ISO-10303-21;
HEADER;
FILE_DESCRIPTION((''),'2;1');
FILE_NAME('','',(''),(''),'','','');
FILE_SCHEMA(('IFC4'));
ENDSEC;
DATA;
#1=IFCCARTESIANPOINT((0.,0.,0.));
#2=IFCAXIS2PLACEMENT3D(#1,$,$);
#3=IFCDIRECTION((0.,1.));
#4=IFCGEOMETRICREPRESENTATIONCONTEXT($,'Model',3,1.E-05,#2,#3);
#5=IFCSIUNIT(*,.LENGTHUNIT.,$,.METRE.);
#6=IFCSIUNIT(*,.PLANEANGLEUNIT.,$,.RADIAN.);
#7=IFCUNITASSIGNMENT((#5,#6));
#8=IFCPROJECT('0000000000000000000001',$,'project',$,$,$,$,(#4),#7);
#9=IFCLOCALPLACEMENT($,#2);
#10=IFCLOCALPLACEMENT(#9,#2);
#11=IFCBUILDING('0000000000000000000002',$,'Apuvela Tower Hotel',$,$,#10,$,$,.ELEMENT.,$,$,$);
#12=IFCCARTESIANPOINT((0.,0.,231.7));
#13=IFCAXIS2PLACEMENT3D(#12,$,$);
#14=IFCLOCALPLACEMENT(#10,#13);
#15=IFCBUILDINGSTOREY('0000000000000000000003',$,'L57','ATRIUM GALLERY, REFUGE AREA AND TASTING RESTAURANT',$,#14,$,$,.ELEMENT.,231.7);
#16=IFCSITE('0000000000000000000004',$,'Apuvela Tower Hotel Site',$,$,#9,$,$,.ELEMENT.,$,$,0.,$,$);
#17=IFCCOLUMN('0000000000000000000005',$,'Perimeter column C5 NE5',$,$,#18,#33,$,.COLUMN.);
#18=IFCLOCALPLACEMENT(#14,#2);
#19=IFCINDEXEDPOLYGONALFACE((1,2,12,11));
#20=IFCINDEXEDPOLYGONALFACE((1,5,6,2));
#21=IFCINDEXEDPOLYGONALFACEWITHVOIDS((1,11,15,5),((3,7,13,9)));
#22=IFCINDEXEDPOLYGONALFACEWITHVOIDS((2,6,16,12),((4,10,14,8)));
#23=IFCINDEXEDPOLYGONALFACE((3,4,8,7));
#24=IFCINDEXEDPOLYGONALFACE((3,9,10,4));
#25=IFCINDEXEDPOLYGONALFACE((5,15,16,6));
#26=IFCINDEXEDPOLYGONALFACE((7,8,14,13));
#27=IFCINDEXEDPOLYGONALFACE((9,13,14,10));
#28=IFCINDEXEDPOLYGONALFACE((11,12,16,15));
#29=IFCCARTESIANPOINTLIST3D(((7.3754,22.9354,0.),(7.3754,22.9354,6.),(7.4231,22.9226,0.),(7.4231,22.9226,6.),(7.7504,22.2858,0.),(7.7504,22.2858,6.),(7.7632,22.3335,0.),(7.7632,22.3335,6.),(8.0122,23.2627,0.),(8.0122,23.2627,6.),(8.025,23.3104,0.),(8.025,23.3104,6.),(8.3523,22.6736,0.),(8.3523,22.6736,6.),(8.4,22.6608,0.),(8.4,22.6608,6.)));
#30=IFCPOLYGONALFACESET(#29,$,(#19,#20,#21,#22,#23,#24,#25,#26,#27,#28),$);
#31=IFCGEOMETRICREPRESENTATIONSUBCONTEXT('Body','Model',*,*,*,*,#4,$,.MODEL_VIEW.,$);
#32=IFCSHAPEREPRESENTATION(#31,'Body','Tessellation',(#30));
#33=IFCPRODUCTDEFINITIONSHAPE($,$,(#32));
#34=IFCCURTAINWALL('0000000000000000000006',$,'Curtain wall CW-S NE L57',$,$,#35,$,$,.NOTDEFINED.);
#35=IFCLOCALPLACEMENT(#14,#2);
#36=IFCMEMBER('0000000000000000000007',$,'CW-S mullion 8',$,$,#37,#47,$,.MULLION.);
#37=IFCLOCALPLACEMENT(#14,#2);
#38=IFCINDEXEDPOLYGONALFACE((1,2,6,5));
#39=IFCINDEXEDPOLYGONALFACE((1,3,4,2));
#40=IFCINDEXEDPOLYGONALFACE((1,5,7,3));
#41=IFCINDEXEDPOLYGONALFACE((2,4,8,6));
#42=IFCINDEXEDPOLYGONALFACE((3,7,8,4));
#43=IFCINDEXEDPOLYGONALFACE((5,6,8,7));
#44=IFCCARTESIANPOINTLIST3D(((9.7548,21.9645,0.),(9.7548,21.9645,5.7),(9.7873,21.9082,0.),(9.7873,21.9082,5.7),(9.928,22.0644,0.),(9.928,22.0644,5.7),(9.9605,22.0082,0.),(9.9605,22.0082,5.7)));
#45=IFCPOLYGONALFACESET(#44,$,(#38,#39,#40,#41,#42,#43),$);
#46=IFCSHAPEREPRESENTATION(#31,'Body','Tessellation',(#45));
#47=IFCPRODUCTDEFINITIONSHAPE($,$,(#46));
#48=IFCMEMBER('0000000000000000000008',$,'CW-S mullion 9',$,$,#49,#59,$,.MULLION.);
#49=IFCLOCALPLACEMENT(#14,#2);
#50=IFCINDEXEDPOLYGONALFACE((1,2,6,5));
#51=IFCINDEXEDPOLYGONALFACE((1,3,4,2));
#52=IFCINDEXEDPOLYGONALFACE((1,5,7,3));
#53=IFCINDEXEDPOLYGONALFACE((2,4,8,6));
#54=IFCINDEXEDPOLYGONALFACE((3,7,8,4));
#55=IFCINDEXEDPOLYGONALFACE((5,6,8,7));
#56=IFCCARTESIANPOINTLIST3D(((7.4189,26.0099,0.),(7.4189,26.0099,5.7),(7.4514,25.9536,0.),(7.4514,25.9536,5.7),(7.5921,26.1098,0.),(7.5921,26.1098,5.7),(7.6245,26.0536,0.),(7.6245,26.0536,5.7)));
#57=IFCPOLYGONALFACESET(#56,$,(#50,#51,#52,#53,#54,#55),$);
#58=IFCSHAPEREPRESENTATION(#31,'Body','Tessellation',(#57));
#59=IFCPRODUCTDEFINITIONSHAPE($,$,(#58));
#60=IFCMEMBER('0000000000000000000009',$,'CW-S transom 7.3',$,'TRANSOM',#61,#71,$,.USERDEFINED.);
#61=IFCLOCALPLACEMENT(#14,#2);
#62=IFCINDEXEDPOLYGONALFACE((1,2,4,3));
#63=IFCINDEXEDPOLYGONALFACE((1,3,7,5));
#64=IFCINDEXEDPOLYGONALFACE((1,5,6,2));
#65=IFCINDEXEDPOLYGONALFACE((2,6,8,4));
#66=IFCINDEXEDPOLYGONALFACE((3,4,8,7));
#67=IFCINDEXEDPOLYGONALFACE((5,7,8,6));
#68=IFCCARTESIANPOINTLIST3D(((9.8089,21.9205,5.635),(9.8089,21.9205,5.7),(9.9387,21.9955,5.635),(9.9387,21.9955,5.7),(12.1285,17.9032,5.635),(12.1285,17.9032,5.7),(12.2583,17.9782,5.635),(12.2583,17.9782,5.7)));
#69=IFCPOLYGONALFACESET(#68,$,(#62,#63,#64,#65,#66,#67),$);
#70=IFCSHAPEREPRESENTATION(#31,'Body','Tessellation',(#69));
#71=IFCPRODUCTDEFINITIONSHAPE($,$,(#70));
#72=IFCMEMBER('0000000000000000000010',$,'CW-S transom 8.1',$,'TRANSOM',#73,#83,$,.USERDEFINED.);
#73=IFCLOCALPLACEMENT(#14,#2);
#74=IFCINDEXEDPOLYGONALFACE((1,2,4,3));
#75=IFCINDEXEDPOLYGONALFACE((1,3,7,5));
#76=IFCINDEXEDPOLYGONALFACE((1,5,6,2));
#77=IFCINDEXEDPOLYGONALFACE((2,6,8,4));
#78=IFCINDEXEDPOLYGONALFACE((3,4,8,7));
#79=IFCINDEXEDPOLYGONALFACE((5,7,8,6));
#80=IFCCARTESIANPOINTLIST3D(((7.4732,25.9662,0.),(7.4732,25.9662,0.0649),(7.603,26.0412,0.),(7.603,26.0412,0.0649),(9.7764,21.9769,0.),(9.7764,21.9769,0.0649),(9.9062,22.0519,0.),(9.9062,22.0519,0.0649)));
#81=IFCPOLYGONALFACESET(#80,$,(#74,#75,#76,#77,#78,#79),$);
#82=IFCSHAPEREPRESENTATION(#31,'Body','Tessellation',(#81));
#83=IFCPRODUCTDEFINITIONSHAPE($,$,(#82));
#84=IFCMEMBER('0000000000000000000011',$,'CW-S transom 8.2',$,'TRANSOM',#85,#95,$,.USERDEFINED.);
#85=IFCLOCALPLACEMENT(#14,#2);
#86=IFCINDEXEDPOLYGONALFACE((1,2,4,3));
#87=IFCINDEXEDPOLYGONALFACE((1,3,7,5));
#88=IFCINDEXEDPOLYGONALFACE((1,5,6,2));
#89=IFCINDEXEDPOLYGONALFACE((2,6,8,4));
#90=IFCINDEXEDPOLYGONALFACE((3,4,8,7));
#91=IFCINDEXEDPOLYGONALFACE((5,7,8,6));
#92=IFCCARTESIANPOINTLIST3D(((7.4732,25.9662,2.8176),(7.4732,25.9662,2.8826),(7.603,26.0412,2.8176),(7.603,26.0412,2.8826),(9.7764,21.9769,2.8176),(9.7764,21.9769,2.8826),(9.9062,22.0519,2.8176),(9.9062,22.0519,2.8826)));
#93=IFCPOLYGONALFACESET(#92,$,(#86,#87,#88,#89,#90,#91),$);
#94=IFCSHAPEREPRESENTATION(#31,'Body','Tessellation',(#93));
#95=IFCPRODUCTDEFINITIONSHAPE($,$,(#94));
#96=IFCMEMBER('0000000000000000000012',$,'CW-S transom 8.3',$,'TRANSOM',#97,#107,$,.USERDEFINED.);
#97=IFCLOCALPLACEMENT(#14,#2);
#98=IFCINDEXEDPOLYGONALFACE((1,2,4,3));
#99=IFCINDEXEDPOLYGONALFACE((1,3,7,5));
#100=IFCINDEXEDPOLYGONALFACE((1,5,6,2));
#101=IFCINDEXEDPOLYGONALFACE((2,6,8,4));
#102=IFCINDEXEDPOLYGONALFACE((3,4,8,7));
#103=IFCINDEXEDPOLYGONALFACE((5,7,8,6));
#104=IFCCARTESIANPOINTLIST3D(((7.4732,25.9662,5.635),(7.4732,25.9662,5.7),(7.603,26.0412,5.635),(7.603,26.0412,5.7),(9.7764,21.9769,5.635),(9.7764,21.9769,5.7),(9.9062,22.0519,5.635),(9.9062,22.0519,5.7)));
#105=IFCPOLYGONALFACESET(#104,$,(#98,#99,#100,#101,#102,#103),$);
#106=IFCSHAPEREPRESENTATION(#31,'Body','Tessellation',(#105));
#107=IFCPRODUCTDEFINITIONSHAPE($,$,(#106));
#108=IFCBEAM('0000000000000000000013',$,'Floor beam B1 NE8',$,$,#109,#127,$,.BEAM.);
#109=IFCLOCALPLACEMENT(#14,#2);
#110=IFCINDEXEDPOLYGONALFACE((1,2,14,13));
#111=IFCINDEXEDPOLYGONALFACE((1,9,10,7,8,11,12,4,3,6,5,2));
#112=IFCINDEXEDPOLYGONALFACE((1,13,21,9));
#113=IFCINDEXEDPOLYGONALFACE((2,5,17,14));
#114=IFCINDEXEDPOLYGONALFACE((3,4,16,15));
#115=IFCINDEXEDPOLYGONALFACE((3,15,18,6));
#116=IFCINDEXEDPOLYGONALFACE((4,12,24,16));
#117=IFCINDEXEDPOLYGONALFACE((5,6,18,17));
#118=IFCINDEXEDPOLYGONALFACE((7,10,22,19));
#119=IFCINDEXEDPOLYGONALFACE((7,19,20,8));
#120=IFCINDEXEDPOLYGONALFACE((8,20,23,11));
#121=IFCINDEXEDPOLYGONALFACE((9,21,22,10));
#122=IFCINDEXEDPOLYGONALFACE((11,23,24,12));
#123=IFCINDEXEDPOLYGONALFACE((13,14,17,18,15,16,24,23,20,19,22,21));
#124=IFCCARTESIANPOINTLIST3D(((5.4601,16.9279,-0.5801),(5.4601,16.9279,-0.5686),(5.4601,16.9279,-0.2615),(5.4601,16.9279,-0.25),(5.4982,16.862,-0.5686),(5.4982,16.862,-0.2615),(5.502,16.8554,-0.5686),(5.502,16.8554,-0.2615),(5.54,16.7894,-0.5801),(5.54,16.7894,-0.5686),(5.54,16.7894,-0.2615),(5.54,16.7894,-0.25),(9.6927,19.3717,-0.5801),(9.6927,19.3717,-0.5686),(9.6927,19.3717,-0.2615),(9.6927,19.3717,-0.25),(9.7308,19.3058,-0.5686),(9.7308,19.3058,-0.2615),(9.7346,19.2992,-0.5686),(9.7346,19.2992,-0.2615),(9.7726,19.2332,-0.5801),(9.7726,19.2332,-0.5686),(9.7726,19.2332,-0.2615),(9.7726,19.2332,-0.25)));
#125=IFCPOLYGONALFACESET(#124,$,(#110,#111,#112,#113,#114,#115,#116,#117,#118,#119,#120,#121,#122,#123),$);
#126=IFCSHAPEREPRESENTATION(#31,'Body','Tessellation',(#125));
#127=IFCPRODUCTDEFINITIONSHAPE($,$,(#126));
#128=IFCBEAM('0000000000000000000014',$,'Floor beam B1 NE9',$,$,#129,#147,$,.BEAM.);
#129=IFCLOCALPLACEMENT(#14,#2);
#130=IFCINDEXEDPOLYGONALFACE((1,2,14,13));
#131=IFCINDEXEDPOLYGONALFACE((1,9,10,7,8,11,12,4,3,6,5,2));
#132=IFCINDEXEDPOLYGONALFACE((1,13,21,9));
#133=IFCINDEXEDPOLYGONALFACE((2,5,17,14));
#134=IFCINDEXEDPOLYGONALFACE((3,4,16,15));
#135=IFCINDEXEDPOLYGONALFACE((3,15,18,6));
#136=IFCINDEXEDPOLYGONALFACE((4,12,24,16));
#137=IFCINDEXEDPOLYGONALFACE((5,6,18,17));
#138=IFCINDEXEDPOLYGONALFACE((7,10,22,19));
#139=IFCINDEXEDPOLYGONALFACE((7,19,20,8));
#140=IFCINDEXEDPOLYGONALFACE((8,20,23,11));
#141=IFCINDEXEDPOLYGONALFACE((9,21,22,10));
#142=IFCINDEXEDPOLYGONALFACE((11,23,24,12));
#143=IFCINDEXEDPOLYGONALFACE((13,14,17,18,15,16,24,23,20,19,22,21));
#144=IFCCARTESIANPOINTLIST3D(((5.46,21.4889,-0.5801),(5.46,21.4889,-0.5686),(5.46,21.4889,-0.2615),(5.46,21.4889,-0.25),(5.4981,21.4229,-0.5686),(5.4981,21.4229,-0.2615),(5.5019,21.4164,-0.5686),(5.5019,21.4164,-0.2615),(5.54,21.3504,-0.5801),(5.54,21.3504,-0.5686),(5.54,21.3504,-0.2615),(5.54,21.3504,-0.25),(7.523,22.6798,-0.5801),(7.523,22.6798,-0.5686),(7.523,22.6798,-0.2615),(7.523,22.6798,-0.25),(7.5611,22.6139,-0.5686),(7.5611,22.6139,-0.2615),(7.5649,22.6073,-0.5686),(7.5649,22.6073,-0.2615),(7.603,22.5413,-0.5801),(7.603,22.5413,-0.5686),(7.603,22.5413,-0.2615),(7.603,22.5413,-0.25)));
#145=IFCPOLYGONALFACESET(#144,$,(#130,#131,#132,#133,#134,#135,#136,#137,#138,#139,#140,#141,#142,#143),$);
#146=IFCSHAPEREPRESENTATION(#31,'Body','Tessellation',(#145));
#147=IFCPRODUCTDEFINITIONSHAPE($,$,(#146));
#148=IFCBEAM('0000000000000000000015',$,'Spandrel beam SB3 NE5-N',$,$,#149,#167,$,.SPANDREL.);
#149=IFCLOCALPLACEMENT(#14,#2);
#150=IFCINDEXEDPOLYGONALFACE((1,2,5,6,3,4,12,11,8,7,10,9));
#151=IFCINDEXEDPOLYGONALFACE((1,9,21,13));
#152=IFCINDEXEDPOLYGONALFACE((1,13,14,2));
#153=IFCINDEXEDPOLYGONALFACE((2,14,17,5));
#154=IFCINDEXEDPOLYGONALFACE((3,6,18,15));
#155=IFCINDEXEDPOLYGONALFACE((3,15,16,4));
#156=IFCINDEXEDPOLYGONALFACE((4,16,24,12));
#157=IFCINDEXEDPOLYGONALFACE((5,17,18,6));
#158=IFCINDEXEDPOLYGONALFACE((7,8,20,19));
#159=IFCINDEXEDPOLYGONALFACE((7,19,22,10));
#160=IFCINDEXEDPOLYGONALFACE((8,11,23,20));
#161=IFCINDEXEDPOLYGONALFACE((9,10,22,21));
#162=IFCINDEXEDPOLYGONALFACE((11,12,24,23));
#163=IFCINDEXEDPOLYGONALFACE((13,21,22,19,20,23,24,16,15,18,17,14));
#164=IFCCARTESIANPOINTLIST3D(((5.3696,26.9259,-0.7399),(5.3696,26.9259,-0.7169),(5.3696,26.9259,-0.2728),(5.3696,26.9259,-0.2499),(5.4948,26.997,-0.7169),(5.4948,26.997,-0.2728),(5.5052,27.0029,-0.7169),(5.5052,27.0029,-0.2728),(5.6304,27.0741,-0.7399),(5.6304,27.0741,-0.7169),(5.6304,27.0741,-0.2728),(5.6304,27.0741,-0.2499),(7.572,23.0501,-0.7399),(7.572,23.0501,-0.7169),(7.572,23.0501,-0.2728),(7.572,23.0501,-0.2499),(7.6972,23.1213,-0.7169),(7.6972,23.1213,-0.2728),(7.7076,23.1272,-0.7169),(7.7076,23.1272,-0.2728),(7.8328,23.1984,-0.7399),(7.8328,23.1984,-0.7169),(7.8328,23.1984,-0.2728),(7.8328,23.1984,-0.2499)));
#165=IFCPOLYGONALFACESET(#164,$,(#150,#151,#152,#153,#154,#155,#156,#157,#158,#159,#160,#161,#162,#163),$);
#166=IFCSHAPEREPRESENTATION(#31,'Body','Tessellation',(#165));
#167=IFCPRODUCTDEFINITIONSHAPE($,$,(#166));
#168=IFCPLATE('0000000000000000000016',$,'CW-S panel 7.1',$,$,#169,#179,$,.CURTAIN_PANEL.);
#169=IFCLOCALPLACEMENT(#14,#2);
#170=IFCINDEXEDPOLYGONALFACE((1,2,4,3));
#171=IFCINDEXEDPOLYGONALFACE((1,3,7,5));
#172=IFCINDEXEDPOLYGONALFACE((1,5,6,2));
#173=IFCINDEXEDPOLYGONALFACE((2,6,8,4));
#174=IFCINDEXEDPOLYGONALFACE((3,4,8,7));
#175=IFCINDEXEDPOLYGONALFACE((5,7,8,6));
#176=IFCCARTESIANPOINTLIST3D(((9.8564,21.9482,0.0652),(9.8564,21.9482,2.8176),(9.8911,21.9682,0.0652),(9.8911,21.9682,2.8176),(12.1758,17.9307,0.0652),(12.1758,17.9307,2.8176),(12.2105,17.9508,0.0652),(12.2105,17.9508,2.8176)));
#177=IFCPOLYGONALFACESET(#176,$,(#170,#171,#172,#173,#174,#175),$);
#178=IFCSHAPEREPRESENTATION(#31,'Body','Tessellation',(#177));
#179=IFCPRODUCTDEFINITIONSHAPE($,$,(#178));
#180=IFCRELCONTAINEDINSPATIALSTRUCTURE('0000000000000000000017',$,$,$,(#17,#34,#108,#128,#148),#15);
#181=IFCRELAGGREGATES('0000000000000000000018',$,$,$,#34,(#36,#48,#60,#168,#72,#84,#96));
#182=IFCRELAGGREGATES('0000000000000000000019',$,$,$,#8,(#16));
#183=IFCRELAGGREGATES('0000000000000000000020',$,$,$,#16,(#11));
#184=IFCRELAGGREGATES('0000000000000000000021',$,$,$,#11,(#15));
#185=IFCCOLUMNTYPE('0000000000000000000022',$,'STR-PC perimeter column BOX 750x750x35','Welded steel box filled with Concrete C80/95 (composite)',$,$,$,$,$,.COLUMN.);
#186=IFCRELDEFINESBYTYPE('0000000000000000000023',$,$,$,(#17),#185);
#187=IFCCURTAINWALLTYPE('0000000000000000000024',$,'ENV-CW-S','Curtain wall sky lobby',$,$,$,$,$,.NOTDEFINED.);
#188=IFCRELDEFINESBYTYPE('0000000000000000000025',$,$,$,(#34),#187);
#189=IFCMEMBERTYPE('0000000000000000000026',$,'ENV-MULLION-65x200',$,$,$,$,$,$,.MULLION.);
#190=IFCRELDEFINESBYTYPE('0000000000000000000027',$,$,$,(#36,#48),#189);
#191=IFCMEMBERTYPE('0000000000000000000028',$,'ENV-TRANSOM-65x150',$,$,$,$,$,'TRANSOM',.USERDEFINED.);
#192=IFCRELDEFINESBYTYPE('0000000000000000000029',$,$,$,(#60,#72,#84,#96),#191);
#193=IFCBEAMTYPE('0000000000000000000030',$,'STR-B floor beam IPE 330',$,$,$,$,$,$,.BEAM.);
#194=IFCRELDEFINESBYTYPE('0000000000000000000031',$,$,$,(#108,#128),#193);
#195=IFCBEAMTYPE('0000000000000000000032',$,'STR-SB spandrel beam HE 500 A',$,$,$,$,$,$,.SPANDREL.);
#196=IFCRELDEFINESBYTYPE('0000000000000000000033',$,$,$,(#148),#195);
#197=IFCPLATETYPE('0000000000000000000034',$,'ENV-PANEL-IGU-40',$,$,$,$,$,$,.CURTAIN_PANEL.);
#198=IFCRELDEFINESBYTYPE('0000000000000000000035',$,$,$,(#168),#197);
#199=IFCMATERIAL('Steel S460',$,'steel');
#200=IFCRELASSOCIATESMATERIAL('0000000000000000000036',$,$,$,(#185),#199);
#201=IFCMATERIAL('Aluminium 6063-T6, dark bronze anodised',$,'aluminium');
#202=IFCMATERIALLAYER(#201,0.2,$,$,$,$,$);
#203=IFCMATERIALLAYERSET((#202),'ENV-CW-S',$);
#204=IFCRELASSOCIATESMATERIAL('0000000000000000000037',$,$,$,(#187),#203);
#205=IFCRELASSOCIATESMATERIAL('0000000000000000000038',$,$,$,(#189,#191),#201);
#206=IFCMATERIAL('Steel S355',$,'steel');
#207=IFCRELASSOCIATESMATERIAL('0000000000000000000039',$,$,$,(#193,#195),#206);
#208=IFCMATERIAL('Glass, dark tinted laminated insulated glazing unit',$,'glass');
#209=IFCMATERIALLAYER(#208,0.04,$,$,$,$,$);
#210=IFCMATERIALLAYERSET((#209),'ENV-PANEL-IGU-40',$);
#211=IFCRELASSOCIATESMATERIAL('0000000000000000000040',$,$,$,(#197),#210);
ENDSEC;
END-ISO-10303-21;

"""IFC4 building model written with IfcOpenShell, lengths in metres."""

from ifc_helpers import new_model, si_unit, direction, frame, origin, origin_2d, place, context, subcontext, project, spatial, rectangle, hollow_rectangle, i_section, extrude, material, layer, layer_set, material_profile, profile_set, type_object, element, aggregate, save


model = new_model("IFC4")

# Units and contexts
model_context = context("Model", 3, precision=1e-05, world=origin(), true_north=direction((0.0, 1.0)))
body_context = subcontext(model_context, "Body", "Model", "MODEL_VIEW")
ifc_project = project(units=[si_unit("LENGTHUNIT", "METRE"), si_unit("PLANEANGLEUNIT", "RADIAN")], contexts=[model_context])

# Site, building, storey
site_placement = place(None, origin())
site = spatial("IfcSite", under=ifc_project, at=site_placement, Name="Apuvela Tower Hotel Site", CompositionType="ELEMENT", RefElevation=0.0)
building_placement = place(site_placement, origin())
building = spatial("IfcBuilding", under=site, at=building_placement, Name="Apuvela Tower Hotel", CompositionType="ELEMENT")
storey_placement = place(building_placement, frame((0.0, 0.0, 231.7)))
storey = spatial("IfcBuildingStorey", under=building, at=storey_placement, Name="L57", Description="ATRIUM GALLERY, REFUGE AREA AND TASTING RESTAURANT", CompositionType="ELEMENT", Elevation=231.7)

# Column
ifc_material_1 = material(Name="Steel S460", Category="steel")
ifc_material_profile_1 = material_profile(ifc_material_1, hollow_rectangle(XDim=0.75, YDim=0.75, WallThickness=0.0349, at=origin_2d()), Name="BOX 750x750x35")
ifc_material_2 = material(Name="Concrete C80/95", Category="concrete")
ifc_material_profile_2 = material_profile(ifc_material_2, rectangle(XDim=0.6799, YDim=0.6799, at=origin_2d()), Name="Concrete C80/95 infill")
ifc_profile_set_1 = profile_set([ifc_material_profile_1, ifc_material_profile_2], Name="Steel S460")
column_type = type_object("IfcColumnType", Name="STR-PC perimeter column BOX 750x750x35", Description="Welded steel box filled with Concrete C80/95 (composite)", PredefinedType="COLUMN", material=ifc_profile_set_1)
column_placement = place(storey_placement, frame((7.8877, 22.7981, 0.0), z_axis=(0.0, 0.0, 1.0), x_axis=(-0.5, 0.866025, 0.0)))
element("IfcColumn", 1, at=column_placement, inside=storey, type_object=column_type, Name="Perimeter column C5 NE5", PredefinedType="COLUMN", context=body_context, shape_type="SweptSolid", body=[
    extrude(hollow_rectangle(XDim=0.75, YDim=0.75, WallThickness=0.0349, at=origin_2d()), origin(), (0.0, 0.0, 1.0), 6.0),
])

# Curtain wall, members
ifc_material_3 = material(Name="Aluminium 6063-T6, dark bronze anodised", Category="aluminium")
ifc_layer_1 = layer(ifc_material_3, 0.2)
ifc_layer_set_1 = layer_set([ifc_layer_1], Name="ENV-CW-S")
curtain_wall_type = type_object("IfcCurtainWallType", Name="ENV-CW-S", Description="Curtain wall sky lobby", PredefinedType="NOTDEFINED", material=ifc_layer_set_1)
curtain_wall_placement = place(storey_placement, origin())
curtain_wall = element("IfcCurtainWall", 2, at=curtain_wall_placement, inside=storey, type_object=curtain_wall_type, Name="Curtain wall CW-S NE L57", PredefinedType="NOTDEFINED")
ifc_material_profile_3 = material_profile(ifc_material_3, rectangle(XDim=0.2, YDim=0.0649, at=origin_2d()), Name="AL 65x200")
ifc_profile_set_2 = profile_set([ifc_material_profile_3], Name="Aluminium 6063-T6, dark bronze anodised")
member_type_1 = type_object("IfcMemberType", Name="ENV-MULLION-65x200", PredefinedType="MULLION", material=ifc_profile_set_2)
member_1_placement = place(storey_placement, frame((9.8577, 21.9863, 0.0), z_axis=(0.0, 0.0, 1.0), x_axis=(-0.866026, -0.499999, 0.0)))
member_1 = element("IfcMember", 3, at=member_1_placement, type_object=member_type_1, Name="CW-S mullion 8", PredefinedType="MULLION", context=body_context, shape_type="SweptSolid", body=[
    extrude(rectangle(XDim=0.2, YDim=0.0649, at=origin_2d()), origin(), (0.0, 0.0, 1.0), 5.7),
])
member_2_placement = place(storey_placement, frame((7.5217, 26.0317, 0.0), z_axis=(0.0, 0.0, 1.0), x_axis=(-0.866026, -0.499999, 0.0)))
member_2 = element("IfcMember", 4, at=member_2_placement, type_object=member_type_1, Name="CW-S mullion 9", PredefinedType="MULLION", context=body_context, shape_type="SweptSolid", body=[
    extrude(rectangle(XDim=0.2, YDim=0.0649, at=origin_2d()), origin(), (0.0, 0.0, 1.0), 5.7),
])
ifc_material_profile_4 = material_profile(ifc_material_3, rectangle(XDim=0.1499, YDim=0.0649, at=origin_2d()), Name="AL 65x150 transom")
ifc_profile_set_3 = profile_set([ifc_material_profile_4], Name="Aluminium 6063-T6, dark bronze anodised")
member_type_2 = type_object("IfcMemberType", Name="ENV-TRANSOM-65x150", ElementType="TRANSOM", PredefinedType="USERDEFINED", material=ifc_profile_set_3)
member_3_placement = place(storey_placement, frame((12.1934, 17.9407, 5.6675), z_axis=(-0.500028, 0.866009, 0.0), x_axis=(-0.866009, -0.500028, 0.0)))
member_3 = element("IfcMember", 5, at=member_3_placement, type_object=member_type_2, Name="CW-S transom 7.3", ObjectType="TRANSOM", PredefinedType="USERDEFINED", context=body_context, shape_type="SweptSolid", body=[
    extrude(rectangle(XDim=0.1499, YDim=0.0649, at=origin_2d()), origin(), (0.0, 0.0, 1.0), 4.6389),
])
member_4_placement = place(storey_placement, frame((9.8413, 22.0144, 0.0325), z_axis=(-0.500004, 0.866023, 0.0), x_axis=(-0.866023, -0.500004, 0.0)))
member_4 = element("IfcMember", 6, at=member_4_placement, type_object=member_type_2, Name="CW-S transom 8.1", ObjectType="TRANSOM", PredefinedType="USERDEFINED", context=body_context, shape_type="SweptSolid", body=[
    extrude(rectangle(XDim=0.1499, YDim=0.0649, at=origin_2d()), origin(), (0.0, 0.0, 1.0), 4.6064),
])
member_5_placement = place(storey_placement, frame((9.8413, 22.0144, 2.8501), z_axis=(-0.500004, 0.866023, 0.0), x_axis=(-0.866023, -0.500004, 0.0)))
member_5 = element("IfcMember", 7, at=member_5_placement, type_object=member_type_2, Name="CW-S transom 8.2", ObjectType="TRANSOM", PredefinedType="USERDEFINED", context=body_context, shape_type="SweptSolid", body=[
    extrude(rectangle(XDim=0.1499, YDim=0.0649, at=origin_2d()), origin(), (0.0, 0.0, 1.0), 4.6064),
])
member_6_placement = place(storey_placement, frame((9.8413, 22.0144, 5.6675), z_axis=(-0.500004, 0.866023, 0.0), x_axis=(-0.866023, -0.500004, 0.0)))
member_6 = element("IfcMember", 8, at=member_6_placement, type_object=member_type_2, Name="CW-S transom 8.3", ObjectType="TRANSOM", PredefinedType="USERDEFINED", context=body_context, shape_type="SweptSolid", body=[
    extrude(rectangle(XDim=0.1499, YDim=0.0649, at=origin_2d()), origin(), (0.0, 0.0, 1.0), 4.6064),
])

# Beams
ifc_material_4 = material(Name="Steel S355", Category="steel")
ifc_material_profile_5 = material_profile(ifc_material_4, i_section(OverallWidth=0.1599, OverallDepth=0.3301, WebThickness=0.0076, FlangeThickness=0.0115, at=origin_2d()), Name="IPE 330")
ifc_profile_set_4 = profile_set([ifc_material_profile_5], Name="Steel S355")
beam_type_1 = type_object("IfcBeamType", Name="STR-B floor beam IPE 330", PredefinedType="BEAM", material=ifc_profile_set_4)
beam_1_placement = place(storey_placement, frame((9.7327, 19.3025, -0.415), z_axis=(-0.866015, -0.500018, 0.0), x_axis=(0.500018, -0.866015, 0.0)))
element("IfcBeam", 9, at=beam_1_placement, inside=storey, type_object=beam_type_1, Name="Floor beam B1 NE8", PredefinedType="BEAM", context=body_context, shape_type="SweptSolid", body=[
    extrude(i_section(OverallWidth=0.1599, OverallDepth=0.3301, WebThickness=0.0076, FlangeThickness=0.0115, at=origin_2d()), origin(), (0.0, 0.0, 1.0), 4.8875),
])
beam_2_placement = place(storey_placement, frame((7.563, 22.6106, -0.415), z_axis=(-0.866052, -0.499953, 0.0), x_axis=(0.499953, -0.866052, 0.0)))
element("IfcBeam", 10, at=beam_2_placement, inside=storey, type_object=beam_type_1, Name="Floor beam B1 NE9", PredefinedType="BEAM", context=body_context, shape_type="SweptSolid", body=[
    extrude(i_section(OverallWidth=0.1599, OverallDepth=0.3301, WebThickness=0.0076, FlangeThickness=0.0115, at=origin_2d()), origin(), (0.0, 0.0, 1.0), 2.3821),
])
ifc_material_profile_6 = material_profile(ifc_material_4, i_section(OverallWidth=0.3, OverallDepth=0.49, WebThickness=0.012, FlangeThickness=0.0229, at=origin_2d()), Name="HE 500 A")
ifc_profile_set_5 = profile_set([ifc_material_profile_6], Name="Steel S355")
beam_type_2 = type_object("IfcBeamType", Name="STR-SB spandrel beam HE 500 A", PredefinedType="SPANDREL", material=ifc_profile_set_5)
beam_3_placement = place(storey_placement, frame((7.7024, 23.1243, -0.4949), z_axis=(-0.494056, 0.86943, 0.0), x_axis=(-0.86943, -0.494056, 0.0)))
element("IfcBeam", 11, at=beam_3_placement, inside=storey, type_object=beam_type_2, Name="Spandrel beam SB3 NE5-N", PredefinedType="SPANDREL", context=body_context, shape_type="SweptSolid", body=[
    extrude(i_section(OverallWidth=0.3, OverallDepth=0.49, WebThickness=0.012, FlangeThickness=0.0229, at=origin_2d()), origin(), (0.0, 0.0, 1.0), 4.4578),
])

# Plate
ifc_material_5 = material(Name="Glass, dark tinted laminated insulated glazing unit", Category="glass")
ifc_layer_2 = layer(ifc_material_5, 0.04)
ifc_layer_set_2 = layer_set([ifc_layer_2], Name="ENV-PANEL-IGU-40")
plate_type = type_object("IfcPlateType", Name="ENV-PANEL-IGU-40", PredefinedType="CURTAIN_PANEL", material=ifc_layer_set_2)
plate_1_placement = place(storey_placement, frame((11.0334, 19.9495, 0.0652), z_axis=(0.0, 0.0, 1.0), x_axis=(-0.499999, 0.866026, 0.0)))
plate_1 = element("IfcPlate", 12, at=plate_1_placement, type_object=plate_type, Name="CW-S panel 7.1", PredefinedType="CURTAIN_PANEL", context=body_context, shape_type="SweptSolid", body=[
    extrude(rectangle(XDim=4.6389, YDim=0.04, at=origin_2d()), origin(), (0.0, 0.0, 1.0), 2.7524),
])
aggregate(curtain_wall, [member_1, member_2, member_3, plate_1, member_4, member_5, member_6])

save(model, "model.ifc")
